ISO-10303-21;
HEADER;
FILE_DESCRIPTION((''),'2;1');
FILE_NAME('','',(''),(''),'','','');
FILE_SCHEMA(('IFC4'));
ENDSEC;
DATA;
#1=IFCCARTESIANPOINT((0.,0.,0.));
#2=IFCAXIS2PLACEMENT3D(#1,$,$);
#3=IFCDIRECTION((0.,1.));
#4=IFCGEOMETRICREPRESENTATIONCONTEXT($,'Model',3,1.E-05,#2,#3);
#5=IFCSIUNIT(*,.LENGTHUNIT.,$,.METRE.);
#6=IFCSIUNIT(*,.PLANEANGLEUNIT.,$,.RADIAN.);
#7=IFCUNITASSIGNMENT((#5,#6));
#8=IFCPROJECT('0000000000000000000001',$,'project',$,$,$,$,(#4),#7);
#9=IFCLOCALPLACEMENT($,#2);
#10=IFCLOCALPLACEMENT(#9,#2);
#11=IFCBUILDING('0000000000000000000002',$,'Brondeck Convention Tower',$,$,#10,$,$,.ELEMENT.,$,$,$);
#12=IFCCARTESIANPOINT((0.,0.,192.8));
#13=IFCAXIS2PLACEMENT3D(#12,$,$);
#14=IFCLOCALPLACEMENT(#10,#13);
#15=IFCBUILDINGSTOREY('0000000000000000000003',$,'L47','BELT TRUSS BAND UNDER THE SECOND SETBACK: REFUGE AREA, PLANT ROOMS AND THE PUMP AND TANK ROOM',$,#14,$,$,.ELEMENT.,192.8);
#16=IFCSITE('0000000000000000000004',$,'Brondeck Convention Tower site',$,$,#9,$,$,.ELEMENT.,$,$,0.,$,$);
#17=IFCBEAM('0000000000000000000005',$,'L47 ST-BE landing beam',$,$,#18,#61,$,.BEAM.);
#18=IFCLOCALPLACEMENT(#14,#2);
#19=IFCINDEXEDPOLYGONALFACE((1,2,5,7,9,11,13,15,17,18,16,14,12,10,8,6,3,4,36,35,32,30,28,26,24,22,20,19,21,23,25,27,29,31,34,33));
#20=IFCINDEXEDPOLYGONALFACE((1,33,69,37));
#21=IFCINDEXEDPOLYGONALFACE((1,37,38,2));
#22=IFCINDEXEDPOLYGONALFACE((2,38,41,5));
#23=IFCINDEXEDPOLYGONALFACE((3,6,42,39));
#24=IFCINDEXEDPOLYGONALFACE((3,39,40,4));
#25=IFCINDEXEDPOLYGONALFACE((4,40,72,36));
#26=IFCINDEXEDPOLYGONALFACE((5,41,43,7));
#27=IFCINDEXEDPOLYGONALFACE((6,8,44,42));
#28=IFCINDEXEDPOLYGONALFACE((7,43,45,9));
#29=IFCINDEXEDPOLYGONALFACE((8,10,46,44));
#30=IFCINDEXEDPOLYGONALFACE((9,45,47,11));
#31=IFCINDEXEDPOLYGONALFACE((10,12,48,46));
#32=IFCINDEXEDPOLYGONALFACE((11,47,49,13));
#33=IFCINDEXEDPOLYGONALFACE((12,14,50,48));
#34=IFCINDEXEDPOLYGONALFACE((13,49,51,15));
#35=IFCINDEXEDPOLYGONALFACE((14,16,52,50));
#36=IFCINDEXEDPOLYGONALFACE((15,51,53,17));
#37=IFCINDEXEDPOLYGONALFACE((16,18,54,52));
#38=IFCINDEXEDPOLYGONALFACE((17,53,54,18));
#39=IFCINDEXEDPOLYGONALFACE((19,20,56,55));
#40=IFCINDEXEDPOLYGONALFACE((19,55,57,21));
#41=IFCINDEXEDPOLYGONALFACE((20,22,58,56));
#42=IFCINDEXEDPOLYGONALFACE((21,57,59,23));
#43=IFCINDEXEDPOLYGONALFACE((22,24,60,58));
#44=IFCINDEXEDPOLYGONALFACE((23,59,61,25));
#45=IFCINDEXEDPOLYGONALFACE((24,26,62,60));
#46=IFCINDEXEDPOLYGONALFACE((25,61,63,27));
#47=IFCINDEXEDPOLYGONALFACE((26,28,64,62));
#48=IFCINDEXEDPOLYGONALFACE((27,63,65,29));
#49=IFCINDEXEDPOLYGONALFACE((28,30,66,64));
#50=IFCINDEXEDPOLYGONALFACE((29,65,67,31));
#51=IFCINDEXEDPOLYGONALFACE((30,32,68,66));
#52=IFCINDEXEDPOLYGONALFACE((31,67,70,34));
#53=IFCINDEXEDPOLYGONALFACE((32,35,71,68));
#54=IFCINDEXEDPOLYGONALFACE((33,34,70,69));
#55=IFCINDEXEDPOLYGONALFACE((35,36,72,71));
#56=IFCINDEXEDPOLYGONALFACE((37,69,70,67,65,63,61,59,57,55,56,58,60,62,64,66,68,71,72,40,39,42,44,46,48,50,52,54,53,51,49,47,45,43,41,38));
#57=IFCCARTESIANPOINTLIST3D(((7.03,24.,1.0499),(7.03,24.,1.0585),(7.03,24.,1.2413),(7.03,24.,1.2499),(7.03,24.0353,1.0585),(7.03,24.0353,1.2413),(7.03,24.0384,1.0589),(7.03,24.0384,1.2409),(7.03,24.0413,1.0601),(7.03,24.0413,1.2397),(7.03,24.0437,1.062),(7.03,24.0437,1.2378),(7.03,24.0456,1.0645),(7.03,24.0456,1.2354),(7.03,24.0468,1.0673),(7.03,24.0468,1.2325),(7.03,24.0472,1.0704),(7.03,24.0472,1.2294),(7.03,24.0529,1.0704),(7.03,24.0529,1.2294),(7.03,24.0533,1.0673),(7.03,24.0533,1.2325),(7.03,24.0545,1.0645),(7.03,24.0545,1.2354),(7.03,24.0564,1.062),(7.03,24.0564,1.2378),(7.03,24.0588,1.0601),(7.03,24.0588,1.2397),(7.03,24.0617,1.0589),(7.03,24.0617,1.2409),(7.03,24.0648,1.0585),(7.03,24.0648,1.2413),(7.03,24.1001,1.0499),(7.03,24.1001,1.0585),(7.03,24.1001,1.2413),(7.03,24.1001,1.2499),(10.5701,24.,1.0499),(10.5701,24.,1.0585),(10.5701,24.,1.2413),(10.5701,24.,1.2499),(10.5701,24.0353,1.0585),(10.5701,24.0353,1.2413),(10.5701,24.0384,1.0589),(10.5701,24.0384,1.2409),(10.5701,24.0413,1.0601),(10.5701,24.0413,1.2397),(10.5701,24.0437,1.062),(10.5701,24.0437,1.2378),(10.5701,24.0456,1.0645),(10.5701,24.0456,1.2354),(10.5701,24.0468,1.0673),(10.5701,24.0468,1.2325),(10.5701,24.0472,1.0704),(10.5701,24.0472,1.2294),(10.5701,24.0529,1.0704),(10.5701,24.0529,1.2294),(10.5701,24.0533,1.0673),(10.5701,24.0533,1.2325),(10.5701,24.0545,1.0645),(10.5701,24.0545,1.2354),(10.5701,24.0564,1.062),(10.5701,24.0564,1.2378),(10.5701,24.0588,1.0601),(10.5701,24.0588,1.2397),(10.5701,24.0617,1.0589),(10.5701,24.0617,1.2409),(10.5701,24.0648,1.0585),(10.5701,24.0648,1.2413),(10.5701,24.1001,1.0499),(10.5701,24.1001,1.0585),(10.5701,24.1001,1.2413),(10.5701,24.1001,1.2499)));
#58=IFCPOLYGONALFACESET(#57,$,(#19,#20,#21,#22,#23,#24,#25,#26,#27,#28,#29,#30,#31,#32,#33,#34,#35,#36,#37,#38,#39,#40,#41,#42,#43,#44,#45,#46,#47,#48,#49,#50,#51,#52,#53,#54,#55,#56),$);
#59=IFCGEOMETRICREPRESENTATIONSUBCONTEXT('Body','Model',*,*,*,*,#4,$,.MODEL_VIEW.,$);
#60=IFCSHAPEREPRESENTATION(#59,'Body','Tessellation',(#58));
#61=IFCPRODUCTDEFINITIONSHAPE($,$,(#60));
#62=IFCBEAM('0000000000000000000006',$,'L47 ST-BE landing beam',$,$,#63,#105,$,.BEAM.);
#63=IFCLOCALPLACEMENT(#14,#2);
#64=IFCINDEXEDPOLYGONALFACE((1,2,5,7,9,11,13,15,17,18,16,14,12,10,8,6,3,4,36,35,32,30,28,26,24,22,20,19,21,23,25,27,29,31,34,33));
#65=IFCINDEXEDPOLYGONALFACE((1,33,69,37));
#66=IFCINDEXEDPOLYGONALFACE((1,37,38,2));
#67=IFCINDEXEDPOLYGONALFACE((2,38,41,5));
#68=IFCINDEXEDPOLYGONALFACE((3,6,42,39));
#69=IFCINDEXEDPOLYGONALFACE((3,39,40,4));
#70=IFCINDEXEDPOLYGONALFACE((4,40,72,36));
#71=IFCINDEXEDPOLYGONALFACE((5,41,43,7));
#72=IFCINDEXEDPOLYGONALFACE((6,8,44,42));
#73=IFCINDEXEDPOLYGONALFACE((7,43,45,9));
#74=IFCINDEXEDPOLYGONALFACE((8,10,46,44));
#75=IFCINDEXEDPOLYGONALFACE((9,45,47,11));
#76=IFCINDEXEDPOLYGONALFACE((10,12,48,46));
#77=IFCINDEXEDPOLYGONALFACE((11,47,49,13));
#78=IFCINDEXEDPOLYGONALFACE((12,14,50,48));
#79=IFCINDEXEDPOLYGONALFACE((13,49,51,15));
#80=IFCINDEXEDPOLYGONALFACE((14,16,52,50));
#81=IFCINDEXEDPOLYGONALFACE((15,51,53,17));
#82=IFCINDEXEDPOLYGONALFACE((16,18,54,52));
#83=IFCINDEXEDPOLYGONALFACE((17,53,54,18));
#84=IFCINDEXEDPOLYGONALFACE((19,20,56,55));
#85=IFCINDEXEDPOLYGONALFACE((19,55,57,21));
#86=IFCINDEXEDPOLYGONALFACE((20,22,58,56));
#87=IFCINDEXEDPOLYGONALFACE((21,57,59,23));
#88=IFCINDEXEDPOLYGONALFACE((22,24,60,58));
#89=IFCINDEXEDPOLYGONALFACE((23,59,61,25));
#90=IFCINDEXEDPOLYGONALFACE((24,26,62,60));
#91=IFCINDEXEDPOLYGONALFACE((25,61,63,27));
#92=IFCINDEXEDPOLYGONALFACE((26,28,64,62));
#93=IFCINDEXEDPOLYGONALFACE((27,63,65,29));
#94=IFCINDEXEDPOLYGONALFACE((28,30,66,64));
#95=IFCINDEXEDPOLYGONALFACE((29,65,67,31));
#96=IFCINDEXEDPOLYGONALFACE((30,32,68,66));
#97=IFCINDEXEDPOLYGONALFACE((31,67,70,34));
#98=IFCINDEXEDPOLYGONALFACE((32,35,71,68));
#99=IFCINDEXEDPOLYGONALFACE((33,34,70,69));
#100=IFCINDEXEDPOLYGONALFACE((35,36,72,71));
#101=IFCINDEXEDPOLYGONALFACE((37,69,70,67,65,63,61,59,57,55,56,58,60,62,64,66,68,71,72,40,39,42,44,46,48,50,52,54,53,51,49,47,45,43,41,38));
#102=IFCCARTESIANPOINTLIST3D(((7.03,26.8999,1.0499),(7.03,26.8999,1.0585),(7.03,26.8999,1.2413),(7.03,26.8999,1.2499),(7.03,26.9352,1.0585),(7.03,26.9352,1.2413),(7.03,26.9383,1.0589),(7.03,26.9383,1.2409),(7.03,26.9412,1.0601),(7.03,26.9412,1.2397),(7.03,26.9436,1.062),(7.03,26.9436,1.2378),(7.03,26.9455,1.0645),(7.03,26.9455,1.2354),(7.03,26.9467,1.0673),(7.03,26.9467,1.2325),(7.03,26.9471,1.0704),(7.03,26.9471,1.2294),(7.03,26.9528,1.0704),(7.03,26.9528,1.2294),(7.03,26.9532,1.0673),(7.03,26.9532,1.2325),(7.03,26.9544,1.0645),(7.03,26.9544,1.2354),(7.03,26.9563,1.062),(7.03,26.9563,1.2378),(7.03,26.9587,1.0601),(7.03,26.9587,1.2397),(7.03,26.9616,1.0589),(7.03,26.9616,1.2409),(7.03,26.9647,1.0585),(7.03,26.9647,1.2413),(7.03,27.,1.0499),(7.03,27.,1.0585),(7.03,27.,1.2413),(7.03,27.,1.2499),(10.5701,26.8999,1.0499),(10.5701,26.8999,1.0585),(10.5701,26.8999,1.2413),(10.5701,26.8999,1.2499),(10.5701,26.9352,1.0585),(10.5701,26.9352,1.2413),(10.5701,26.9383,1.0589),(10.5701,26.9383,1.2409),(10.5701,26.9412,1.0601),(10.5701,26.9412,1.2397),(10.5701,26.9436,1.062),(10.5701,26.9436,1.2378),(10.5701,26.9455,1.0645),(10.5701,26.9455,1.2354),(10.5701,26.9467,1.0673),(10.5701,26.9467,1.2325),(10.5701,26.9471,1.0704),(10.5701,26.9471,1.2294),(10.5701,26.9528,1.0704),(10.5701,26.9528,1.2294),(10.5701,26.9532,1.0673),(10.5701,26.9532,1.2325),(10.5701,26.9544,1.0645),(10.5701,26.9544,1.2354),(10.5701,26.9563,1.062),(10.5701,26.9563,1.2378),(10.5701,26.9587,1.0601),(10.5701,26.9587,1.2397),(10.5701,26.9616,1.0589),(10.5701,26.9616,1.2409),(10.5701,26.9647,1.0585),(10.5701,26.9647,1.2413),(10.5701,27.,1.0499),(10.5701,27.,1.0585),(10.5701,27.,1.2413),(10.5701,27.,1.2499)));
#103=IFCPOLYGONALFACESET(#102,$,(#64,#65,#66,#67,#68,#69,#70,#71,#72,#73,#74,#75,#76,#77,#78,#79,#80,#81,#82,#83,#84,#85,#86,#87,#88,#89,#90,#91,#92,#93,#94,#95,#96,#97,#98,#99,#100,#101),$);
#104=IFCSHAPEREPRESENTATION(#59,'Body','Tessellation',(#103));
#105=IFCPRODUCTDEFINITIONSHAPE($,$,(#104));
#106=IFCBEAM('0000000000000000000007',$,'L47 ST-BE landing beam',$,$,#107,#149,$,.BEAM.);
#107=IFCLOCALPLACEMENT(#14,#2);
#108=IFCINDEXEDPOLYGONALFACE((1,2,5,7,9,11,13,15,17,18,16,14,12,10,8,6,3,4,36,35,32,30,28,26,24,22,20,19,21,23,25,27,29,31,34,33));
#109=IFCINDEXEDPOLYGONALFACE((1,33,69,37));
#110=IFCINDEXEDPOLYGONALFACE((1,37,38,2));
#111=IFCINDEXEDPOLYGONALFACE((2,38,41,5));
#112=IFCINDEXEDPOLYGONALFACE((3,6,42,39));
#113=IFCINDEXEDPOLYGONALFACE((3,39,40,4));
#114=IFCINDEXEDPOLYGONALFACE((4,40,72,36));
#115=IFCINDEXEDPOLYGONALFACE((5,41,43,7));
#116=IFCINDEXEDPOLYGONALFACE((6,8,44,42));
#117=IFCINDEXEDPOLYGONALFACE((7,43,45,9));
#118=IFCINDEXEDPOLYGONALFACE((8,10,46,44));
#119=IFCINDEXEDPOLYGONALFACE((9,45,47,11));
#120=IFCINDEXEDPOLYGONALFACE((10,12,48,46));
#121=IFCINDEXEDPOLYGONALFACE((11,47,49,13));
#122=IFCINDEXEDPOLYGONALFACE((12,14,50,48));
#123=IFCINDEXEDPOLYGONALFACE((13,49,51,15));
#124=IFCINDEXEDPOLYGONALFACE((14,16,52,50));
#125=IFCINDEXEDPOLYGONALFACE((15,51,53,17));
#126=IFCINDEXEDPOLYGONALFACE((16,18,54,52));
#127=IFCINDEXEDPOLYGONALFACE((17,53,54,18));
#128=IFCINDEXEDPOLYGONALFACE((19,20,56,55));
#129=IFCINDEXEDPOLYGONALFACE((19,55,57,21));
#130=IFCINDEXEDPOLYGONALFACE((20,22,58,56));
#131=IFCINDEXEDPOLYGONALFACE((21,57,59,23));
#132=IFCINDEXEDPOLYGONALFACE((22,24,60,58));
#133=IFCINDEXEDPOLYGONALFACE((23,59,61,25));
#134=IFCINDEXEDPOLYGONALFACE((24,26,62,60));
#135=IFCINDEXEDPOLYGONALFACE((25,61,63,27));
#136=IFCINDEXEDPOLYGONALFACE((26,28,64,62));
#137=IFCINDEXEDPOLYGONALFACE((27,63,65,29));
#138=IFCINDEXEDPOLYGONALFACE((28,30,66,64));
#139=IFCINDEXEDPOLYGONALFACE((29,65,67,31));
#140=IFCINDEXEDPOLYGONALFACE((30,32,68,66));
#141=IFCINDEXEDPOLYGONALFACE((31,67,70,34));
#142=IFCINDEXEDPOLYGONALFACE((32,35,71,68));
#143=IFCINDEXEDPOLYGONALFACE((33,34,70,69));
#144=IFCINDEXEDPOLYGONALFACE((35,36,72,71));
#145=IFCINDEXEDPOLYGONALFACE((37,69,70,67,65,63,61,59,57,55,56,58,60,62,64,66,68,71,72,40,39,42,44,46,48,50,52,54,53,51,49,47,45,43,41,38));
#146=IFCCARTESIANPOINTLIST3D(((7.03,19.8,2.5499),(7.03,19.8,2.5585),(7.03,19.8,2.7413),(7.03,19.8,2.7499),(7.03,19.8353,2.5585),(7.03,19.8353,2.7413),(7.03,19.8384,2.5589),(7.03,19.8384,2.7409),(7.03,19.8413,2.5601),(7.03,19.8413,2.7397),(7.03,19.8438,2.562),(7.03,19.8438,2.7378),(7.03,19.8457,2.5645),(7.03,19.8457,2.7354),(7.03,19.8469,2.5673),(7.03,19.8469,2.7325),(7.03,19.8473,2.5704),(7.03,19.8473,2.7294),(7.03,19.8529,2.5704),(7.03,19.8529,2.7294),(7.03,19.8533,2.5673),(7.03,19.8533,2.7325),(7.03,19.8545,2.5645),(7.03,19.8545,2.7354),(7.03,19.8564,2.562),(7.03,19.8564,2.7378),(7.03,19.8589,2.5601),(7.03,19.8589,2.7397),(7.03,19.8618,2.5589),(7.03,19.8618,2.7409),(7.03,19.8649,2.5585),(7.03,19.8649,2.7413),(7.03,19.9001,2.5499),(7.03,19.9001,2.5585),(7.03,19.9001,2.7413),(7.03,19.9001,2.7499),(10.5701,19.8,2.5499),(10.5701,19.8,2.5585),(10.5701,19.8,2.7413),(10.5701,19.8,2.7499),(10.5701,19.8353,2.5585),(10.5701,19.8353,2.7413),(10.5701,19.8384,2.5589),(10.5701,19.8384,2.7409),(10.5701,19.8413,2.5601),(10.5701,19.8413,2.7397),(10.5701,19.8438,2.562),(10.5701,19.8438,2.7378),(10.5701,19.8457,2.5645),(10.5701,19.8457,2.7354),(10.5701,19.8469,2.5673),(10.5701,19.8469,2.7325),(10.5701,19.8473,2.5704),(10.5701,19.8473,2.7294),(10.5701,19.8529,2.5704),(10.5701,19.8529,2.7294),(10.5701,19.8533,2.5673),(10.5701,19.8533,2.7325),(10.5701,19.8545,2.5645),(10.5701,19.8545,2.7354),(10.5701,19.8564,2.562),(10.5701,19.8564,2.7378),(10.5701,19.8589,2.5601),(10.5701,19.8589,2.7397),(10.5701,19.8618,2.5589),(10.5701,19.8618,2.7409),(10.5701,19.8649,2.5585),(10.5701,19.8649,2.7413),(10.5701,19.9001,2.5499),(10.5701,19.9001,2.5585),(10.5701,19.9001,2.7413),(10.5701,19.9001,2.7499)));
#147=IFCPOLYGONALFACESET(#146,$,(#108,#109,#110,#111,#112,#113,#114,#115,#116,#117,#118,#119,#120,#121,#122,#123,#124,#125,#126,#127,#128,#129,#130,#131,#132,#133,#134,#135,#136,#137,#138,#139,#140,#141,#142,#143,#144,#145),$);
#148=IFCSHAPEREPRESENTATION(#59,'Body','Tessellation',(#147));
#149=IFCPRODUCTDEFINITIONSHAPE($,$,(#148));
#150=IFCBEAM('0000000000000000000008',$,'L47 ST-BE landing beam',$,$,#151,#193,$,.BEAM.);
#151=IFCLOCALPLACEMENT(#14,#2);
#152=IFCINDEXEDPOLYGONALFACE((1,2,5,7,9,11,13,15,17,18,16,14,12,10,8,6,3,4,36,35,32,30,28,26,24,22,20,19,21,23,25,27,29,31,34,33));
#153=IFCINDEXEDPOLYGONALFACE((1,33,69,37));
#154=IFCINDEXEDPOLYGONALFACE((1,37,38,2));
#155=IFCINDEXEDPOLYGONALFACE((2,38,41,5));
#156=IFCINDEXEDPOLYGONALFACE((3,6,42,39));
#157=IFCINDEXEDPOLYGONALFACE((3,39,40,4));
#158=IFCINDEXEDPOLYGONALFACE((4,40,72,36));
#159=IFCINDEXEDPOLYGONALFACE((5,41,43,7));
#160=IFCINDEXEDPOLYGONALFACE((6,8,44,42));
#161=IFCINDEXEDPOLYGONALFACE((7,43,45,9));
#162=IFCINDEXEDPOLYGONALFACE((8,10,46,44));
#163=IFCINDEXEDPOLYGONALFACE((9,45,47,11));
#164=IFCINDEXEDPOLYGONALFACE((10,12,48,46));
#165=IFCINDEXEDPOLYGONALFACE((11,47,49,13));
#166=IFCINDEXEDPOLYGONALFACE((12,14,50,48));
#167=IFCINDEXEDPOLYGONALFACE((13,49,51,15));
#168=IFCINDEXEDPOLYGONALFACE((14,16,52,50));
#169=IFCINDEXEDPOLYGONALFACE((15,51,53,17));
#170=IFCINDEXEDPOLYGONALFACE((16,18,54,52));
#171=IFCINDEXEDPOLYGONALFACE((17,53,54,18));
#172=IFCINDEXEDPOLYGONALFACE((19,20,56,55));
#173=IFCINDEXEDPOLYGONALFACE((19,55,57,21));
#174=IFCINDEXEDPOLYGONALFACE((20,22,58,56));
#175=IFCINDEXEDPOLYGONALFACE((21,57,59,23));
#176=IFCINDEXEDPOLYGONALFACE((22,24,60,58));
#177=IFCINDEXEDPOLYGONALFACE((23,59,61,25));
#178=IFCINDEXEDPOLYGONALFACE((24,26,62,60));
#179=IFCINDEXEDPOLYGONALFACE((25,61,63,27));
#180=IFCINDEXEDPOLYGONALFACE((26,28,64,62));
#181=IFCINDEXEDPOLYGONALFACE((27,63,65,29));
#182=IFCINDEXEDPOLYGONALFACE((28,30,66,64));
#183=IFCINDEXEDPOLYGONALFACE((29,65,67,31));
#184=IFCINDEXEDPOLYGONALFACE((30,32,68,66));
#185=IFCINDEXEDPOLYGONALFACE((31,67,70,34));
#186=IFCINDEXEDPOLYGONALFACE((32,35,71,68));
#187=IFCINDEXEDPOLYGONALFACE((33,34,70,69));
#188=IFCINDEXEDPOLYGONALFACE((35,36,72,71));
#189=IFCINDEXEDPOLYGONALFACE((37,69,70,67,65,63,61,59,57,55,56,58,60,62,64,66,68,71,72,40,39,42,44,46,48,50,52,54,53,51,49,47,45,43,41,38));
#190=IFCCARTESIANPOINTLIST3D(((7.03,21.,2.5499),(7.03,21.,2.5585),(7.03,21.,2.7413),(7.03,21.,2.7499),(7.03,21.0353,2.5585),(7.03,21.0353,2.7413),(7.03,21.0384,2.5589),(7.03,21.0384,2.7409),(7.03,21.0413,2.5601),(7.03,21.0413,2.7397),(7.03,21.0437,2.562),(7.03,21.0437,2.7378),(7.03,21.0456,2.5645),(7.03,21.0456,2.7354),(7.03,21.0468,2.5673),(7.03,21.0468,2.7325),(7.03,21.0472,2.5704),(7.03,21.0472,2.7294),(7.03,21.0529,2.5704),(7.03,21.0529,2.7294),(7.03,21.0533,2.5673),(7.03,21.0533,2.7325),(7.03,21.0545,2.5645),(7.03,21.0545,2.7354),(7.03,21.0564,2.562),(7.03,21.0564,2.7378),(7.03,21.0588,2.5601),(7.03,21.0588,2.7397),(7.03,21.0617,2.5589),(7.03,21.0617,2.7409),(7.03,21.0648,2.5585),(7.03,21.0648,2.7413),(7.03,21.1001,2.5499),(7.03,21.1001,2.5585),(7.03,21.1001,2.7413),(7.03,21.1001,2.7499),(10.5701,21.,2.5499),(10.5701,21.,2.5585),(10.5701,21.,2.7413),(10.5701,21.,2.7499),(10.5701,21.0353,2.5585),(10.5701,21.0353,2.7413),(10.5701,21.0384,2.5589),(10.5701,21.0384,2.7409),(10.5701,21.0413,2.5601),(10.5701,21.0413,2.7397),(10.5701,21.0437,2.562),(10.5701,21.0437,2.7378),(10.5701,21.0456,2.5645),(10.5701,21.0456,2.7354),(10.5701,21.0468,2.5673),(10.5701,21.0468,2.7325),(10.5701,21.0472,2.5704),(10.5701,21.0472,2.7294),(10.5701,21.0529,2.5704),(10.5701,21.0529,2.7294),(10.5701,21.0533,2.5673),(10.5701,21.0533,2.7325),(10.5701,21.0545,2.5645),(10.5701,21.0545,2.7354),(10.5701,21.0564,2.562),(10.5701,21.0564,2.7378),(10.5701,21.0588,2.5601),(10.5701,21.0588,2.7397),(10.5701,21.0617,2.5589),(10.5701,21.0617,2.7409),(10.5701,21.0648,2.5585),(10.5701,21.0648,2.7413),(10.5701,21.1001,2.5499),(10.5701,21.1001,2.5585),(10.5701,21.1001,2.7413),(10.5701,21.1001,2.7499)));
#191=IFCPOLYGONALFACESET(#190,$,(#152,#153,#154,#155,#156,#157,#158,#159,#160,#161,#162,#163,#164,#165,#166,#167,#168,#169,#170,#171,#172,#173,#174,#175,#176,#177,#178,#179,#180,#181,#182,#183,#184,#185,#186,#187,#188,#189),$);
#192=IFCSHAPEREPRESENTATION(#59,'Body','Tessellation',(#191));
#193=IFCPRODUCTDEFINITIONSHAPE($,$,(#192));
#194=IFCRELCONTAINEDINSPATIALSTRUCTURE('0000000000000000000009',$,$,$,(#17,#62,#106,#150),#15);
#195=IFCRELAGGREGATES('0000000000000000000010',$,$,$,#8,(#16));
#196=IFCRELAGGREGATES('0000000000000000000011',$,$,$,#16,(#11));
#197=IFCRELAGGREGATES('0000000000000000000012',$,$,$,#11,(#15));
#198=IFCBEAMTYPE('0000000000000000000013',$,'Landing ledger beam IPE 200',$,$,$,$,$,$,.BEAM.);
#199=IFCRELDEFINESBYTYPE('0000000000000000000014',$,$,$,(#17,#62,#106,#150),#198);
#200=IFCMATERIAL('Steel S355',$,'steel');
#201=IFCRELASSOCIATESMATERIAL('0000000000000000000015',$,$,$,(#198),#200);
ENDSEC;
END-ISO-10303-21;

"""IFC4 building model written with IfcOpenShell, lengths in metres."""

from ifc_helpers import new_model, si_unit, direction, frame, origin, origin_2d, place, context, subcontext, project, spatial, i_section, extrude, material, material_profile, profile_set, type_object, element, save


model = new_model("IFC4")

# Units and contexts
model_context = context("Model", 3, precision=1e-05, world=origin(), true_north=direction((0.0, 1.0)))
body_context = subcontext(model_context, "Body", "Model", "MODEL_VIEW")
ifc_project = project(units=[si_unit("LENGTHUNIT", "METRE"), si_unit("PLANEANGLEUNIT", "RADIAN")], contexts=[model_context])

# Site, building, storey
site_placement = place(None, origin())
site = spatial("IfcSite", under=ifc_project, at=site_placement, Name="Brondeck Convention Tower site", CompositionType="ELEMENT", RefElevation=0.0)
building_placement = place(site_placement, origin())
building = spatial("IfcBuilding", under=site, at=building_placement, Name="Brondeck Convention Tower", CompositionType="ELEMENT")
storey_placement = place(building_placement, frame((0.0, 0.0, 192.8)))
storey = spatial("IfcBuildingStorey", under=building, at=storey_placement, Name="L47", Description="BELT TRUSS BAND UNDER THE SECOND SETBACK: REFUGE AREA, PLANT ROOMS AND THE PUMP AND TANK ROOM", CompositionType="ELEMENT", Elevation=192.8)

# Beams
ifc_material_1 = material(Name="Steel S355", Category="steel")
ifc_material_profile_1 = material_profile(ifc_material_1, i_section(OverallWidth=0.1001, OverallDepth=0.2, WebThickness=0.0056, FlangeThickness=0.0085, FilletRadius=0.012, at=origin_2d()), Name="IPE200")
ifc_profile_set_1 = profile_set([ifc_material_profile_1], Name="Steel S355")
beam_type_1 = type_object("IfcBeamType", Name="Landing ledger beam IPE 200", PredefinedType="BEAM", material=ifc_profile_set_1)
for number, where, z_axis, x_axis, name in (
    (1, (10.5701, 24.05, 1.1499), (-1.0, 0.0, 0.0), (0.0, -1.0, 0.0), "L47 ST-BE landing beam"),
    (2, (10.5701, 26.95, 1.1499), (-1.0, 0.0, 0.0), (0.0, -1.0, 0.0), "L47 ST-BE landing beam"),
    (3, (10.5701, 19.8501, 2.6499), (-1.0, 0.0, 0.0), (0.0, -1.0, 0.0), "L47 ST-BE landing beam"),
    (4, (10.5701, 21.05, 2.6499), (-1.0, 0.0, 0.0), (0.0, -1.0, 0.0), "L47 ST-BE landing beam"),
):
    element("IfcBeam", number, at=place(storey_placement, frame(where, z_axis=z_axis, x_axis=x_axis)), inside=storey, type_object=beam_type_1, Name=name, PredefinedType="BEAM", context=body_context, shape_type="SweptSolid", body=[
        extrude(i_section(OverallWidth=0.1001, OverallDepth=0.2, WebThickness=0.0056, FlangeThickness=0.0085, FilletRadius=0.012, at=origin_2d()), origin(), (0.0, 0.0, 1.0), 3.54),
    ])

save(model, "model.ifc")
